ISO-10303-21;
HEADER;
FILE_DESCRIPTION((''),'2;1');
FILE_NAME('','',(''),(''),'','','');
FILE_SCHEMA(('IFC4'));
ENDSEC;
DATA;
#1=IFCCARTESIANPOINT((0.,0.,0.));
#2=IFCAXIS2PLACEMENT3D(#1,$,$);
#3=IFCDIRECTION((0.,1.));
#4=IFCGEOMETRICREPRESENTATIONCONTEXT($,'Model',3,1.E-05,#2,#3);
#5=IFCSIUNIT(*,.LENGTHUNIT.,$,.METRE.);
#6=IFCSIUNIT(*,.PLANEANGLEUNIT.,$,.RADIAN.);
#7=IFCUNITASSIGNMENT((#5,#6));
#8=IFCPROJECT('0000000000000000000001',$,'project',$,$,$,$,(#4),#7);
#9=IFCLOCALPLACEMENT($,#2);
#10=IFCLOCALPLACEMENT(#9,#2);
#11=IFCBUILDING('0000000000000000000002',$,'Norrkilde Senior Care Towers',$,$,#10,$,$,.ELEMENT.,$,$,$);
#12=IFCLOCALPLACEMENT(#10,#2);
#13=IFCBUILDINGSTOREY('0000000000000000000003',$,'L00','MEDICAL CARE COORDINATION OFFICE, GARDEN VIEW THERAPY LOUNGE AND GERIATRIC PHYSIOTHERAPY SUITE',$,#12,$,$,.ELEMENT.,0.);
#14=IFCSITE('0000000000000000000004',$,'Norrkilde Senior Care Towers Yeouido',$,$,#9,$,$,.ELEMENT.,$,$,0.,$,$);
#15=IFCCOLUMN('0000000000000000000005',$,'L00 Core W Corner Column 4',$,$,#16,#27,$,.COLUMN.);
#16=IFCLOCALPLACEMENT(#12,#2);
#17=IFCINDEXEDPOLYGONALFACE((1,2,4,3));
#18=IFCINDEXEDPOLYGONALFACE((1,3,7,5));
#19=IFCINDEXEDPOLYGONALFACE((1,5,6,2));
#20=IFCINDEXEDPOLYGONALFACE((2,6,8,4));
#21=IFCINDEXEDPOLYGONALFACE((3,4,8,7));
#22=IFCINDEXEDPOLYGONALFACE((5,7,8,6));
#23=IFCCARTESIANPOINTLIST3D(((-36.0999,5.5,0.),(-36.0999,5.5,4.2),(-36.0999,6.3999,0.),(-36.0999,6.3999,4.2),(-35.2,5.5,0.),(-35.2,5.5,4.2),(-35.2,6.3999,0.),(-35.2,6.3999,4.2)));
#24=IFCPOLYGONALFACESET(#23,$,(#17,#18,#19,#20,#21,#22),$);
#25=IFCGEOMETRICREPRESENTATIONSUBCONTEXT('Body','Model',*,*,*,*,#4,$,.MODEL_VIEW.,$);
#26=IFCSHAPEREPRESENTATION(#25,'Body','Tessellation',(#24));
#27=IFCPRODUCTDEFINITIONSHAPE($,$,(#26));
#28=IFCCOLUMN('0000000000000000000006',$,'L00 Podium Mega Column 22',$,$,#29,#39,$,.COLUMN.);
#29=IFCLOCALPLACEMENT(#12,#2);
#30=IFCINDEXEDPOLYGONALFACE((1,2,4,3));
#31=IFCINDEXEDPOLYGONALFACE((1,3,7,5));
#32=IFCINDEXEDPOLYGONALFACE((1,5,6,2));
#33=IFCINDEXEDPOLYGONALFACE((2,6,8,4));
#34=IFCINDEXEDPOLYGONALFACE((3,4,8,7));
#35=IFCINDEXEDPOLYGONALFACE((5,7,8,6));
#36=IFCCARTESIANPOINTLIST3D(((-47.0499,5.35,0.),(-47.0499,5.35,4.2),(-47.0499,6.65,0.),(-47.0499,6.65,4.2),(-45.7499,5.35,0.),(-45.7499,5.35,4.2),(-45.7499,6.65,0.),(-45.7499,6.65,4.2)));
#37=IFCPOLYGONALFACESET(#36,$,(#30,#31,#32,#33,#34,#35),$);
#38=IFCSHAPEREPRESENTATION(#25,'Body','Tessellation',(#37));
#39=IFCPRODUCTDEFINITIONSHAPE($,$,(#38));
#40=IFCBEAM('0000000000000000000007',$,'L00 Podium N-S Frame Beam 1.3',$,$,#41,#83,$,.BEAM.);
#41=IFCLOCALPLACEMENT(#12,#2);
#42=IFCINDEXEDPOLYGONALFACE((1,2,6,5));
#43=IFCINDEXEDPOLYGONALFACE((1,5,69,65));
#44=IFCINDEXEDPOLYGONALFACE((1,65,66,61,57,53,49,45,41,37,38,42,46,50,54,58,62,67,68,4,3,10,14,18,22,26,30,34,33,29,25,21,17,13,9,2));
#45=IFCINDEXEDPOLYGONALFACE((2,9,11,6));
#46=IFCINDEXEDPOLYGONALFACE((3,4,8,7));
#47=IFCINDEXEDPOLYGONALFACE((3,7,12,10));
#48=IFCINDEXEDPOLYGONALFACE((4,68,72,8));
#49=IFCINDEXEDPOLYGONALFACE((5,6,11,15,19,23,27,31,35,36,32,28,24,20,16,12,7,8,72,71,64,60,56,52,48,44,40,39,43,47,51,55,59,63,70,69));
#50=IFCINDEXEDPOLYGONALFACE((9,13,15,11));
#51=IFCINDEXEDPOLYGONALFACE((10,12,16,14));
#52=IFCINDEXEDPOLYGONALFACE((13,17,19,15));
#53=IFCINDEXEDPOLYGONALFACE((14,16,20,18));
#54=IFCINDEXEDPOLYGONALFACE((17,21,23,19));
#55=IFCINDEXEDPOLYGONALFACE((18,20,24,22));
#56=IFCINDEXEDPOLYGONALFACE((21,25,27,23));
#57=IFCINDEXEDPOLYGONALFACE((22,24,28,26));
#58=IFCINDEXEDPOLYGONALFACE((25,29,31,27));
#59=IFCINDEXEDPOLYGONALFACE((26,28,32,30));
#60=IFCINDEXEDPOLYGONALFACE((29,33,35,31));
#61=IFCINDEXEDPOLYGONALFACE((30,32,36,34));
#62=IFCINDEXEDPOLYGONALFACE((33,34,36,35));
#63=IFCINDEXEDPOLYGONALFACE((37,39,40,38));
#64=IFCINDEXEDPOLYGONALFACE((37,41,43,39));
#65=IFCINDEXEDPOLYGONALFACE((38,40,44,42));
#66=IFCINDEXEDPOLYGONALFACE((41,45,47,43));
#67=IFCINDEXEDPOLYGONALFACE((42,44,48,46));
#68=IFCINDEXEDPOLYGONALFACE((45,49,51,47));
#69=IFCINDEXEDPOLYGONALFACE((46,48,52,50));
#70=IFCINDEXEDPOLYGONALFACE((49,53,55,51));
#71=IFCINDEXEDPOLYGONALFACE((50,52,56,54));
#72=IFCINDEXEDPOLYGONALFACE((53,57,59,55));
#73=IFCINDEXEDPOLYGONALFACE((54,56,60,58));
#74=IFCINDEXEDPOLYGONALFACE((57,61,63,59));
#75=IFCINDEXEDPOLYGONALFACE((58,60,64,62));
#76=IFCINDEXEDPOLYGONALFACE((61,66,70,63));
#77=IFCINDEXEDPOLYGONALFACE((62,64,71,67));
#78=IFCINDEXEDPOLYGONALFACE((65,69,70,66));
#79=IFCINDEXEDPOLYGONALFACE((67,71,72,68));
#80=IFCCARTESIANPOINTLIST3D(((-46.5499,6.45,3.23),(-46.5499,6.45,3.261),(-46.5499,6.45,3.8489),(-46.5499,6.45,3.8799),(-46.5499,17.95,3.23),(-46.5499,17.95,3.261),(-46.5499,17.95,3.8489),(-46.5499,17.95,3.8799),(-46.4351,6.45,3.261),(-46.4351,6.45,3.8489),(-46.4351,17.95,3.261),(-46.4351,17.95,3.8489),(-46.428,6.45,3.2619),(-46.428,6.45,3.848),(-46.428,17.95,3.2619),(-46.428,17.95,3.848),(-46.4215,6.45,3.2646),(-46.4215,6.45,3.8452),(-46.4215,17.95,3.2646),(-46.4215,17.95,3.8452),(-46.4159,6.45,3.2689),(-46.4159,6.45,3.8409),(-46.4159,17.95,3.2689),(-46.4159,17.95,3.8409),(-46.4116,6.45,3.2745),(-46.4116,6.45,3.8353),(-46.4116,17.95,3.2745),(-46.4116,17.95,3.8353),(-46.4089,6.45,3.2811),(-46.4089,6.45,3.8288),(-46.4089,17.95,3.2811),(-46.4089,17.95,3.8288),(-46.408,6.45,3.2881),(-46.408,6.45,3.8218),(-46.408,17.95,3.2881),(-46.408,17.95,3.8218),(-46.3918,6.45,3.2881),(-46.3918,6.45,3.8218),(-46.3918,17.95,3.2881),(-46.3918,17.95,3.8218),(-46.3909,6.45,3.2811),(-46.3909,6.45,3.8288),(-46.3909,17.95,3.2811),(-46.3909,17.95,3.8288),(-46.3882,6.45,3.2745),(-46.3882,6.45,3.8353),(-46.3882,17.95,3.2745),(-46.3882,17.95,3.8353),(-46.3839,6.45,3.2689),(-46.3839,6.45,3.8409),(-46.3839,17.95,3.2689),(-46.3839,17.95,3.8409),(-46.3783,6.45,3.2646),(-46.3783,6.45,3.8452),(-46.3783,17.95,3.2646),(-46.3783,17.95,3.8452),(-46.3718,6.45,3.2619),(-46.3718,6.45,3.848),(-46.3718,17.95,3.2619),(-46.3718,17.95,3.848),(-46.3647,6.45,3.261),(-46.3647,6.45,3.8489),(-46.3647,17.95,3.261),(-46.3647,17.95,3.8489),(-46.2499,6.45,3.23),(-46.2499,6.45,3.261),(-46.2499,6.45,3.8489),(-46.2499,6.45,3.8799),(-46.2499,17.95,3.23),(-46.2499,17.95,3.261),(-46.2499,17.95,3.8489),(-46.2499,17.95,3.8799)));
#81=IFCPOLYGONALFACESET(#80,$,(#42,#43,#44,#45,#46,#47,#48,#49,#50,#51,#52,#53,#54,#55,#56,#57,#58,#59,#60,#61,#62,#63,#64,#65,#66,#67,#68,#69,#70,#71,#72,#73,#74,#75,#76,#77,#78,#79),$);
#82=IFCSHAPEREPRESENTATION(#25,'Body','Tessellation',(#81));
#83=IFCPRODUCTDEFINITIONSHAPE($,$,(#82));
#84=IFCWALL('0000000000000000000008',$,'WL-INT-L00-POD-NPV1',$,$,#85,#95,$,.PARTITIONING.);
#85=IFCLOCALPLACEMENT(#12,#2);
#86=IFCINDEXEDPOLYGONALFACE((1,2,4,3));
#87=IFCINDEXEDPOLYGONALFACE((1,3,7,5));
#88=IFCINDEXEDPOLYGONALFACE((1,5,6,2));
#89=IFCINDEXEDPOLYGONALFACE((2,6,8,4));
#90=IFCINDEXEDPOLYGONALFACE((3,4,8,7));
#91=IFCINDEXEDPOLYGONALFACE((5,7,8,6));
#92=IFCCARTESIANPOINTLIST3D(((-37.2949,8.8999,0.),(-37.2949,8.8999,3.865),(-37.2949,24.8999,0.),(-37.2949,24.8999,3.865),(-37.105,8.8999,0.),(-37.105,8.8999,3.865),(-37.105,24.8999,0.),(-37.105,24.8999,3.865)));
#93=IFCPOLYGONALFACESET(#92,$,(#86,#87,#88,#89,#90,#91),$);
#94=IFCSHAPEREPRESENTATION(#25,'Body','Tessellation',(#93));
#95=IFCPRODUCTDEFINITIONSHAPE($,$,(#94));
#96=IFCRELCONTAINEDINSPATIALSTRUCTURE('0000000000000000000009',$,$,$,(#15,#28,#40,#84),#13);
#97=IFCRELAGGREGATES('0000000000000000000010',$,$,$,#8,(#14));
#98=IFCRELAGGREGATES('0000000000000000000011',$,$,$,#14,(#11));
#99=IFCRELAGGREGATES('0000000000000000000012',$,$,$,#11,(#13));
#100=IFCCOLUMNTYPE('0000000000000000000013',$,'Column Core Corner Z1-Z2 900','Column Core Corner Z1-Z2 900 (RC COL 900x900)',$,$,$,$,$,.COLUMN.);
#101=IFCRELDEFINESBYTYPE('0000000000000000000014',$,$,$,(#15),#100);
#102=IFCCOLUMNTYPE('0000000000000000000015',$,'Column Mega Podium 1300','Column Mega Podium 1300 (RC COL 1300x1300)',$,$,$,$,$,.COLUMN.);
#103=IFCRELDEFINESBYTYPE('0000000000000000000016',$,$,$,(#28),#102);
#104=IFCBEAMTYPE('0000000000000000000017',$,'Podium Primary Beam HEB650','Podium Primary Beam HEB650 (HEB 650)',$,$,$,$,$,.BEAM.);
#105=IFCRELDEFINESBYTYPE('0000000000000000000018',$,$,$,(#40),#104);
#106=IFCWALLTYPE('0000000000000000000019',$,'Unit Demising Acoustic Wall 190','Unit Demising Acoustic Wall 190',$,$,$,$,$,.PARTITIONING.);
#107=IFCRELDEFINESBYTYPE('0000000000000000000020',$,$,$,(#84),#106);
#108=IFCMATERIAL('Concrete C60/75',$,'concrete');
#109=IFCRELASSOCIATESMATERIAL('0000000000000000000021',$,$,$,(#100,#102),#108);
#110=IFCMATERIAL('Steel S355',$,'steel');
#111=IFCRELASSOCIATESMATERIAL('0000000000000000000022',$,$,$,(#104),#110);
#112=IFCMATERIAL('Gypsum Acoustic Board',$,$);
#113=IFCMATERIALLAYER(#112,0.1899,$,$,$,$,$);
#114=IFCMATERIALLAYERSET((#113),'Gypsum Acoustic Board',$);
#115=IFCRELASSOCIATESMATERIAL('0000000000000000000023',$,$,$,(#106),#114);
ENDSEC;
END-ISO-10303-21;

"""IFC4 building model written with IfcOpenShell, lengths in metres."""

from ifc_helpers import new_model, si_unit, direction, frame, frame_2d, origin, origin_2d, place, context, subcontext, project, spatial, rectangle, i_section, extrude, source, transform, mapped, material, layer, layer_set, material_profile, profile_set, type_object, type_shapes, element, save


model = new_model("IFC4")

# Units and contexts
model_context = context("Model", 3, precision=1e-05, world=origin(), true_north=direction((0.0, 1.0)))
body_context = subcontext(model_context, "Body", "Model", "MODEL_VIEW")
ifc_project = project(units=[si_unit("LENGTHUNIT", "METRE"), si_unit("PLANEANGLEUNIT", "RADIAN")], contexts=[model_context])

# Site, building, storey
site_placement = place(None, origin())
site = spatial("IfcSite", under=ifc_project, at=site_placement, Name="Norrkilde Senior Care Towers Yeouido", CompositionType="ELEMENT", RefElevation=0.0)
building_placement = place(site_placement, origin())
building = spatial("IfcBuilding", under=site, at=building_placement, Name="Norrkilde Senior Care Towers", CompositionType="ELEMENT")
storey_placement = place(building_placement, origin())
storey = spatial("IfcBuildingStorey", under=building, at=storey_placement, Name="L00", Description="MEDICAL CARE COORDINATION OFFICE, GARDEN VIEW THERAPY LOUNGE AND GERIATRIC PHYSIOTHERAPY SUITE", CompositionType="ELEMENT", Elevation=0.0)

# Columns
ifc_material_1 = material(Name="Concrete C60/75", Category="concrete")
ifc_material_profile_1 = material_profile(ifc_material_1, rectangle(XDim=0.8999, YDim=0.8999, at=origin_2d()), Name="RC COL 900x900")
ifc_profile_set_1 = profile_set([ifc_material_profile_1], Name="Concrete C60/75")
column_type_1 = type_object("IfcColumnType", Name="Column Core Corner Z1-Z2 900", Description="Column Core Corner Z1-Z2 900 (RC COL 900x900)", PredefinedType="COLUMN", material=ifc_profile_set_1)
shared_shape_1 = source(origin(), body_context, "Body", "SweptSolid", [
    extrude(rectangle(XDim=0.8999, YDim=0.8999, at=origin_2d()), origin(), (0.0, 0.0, 1.0), 4.2),
])
type_shapes(column_type_1, [shared_shape_1])
column_1_placement = place(storey_placement, frame((-35.6499, 5.95, 0.0), z_axis=(0.0, 0.0, 1.0), x_axis=(1.0, 0.0, 0.0)))
element("IfcColumn", 1, at=column_1_placement, inside=storey, type_object=column_type_1, Name="L00 Core W Corner Column 4", PredefinedType="COLUMN", context=body_context, shape_type="MappedRepresentation", body=[
    mapped(shared_shape_1, transform((0.0, 0.0, 0.0), x_axis=(1.0, 0.0, 0.0), y_axis=(0.0, 1.0, 0.0), z_axis=(0.0, 0.0, 1.0), scale=1.0)),
])
ifc_material_profile_2 = material_profile(ifc_material_1, rectangle(XDim=1.3, YDim=1.3, at=origin_2d()), Name="RC COL 1300x1300")
ifc_profile_set_2 = profile_set([ifc_material_profile_2], Name="Concrete C60/75")
column_type_2 = type_object("IfcColumnType", Name="Column Mega Podium 1300", Description="Column Mega Podium 1300 (RC COL 1300x1300)", PredefinedType="COLUMN", material=ifc_profile_set_2)
shared_shape_2 = source(origin(), body_context, "Body", "SweptSolid", [
    extrude(rectangle(XDim=1.3, YDim=1.3, at=origin_2d()), origin(), (0.0, 0.0, 1.0), 4.2),
])
type_shapes(column_type_2, [shared_shape_2])
column_2_placement = place(storey_placement, frame((-46.3999, 6.0, 0.0), z_axis=(0.0, 0.0, 1.0), x_axis=(1.0, 0.0, 0.0)))
element("IfcColumn", 2, at=column_2_placement, inside=storey, type_object=column_type_2, Name="L00 Podium Mega Column 22", PredefinedType="COLUMN", context=body_context, shape_type="MappedRepresentation", body=[
    mapped(shared_shape_2, transform((0.0, 0.0, 0.0), x_axis=(1.0, 0.0, 0.0), y_axis=(0.0, 1.0, 0.0), z_axis=(0.0, 0.0, 1.0), scale=1.0)),
])

# Beam
ifc_material_2 = material(Name="Steel S355", Category="steel")
ifc_material_profile_3 = material_profile(ifc_material_2, i_section(OverallWidth=0.3, OverallDepth=0.6499, WebThickness=0.0161, FlangeThickness=0.031, FilletRadius=0.0271, at=origin_2d()), Name="HEB 650")
ifc_profile_set_3 = profile_set([ifc_material_profile_3], Name="Steel S355")
beam_type = type_object("IfcBeamType", Name="Podium Primary Beam HEB650", Description="Podium Primary Beam HEB650 (HEB 650)", PredefinedType="BEAM", material=ifc_profile_set_3)
shared_shape_3 = source(origin(), body_context, "Body", "SweptSolid", [
    extrude(i_section(OverallWidth=0.3, OverallDepth=0.6499, WebThickness=0.0161, FlangeThickness=0.031, FilletRadius=0.0271, at=origin_2d()), origin(), (0.0, 0.0, 1.0), 11.5),
])
type_shapes(beam_type, [shared_shape_3])
beam_placement = place(storey_placement, frame((-46.3999, 6.45, 3.5549), z_axis=(0.0, 1.0, 0.0), x_axis=(-1.0, 0.0, 0.0)))
element("IfcBeam", 3, at=beam_placement, inside=storey, type_object=beam_type, Name="L00 Podium N-S Frame Beam 1.3", PredefinedType="BEAM", context=body_context, shape_type="MappedRepresentation", body=[
    mapped(shared_shape_3, transform((0.0, 0.0, 0.0), x_axis=(1.0, 0.0, 0.0), y_axis=(0.0, 1.0, 0.0), z_axis=(0.0, 0.0, 1.0), scale=1.0)),
])

# Shared definitions
ifc_material_3 = material(Name="Gypsum Acoustic Board")

# Wall
ifc_layer_1 = layer(ifc_material_3, 0.1899)
ifc_layer_set_1 = layer_set([ifc_layer_1], Name="Gypsum Acoustic Board")
wall_type_1 = type_object("IfcWallType", Name="Unit Demising Acoustic Wall 190", Description="Unit Demising Acoustic Wall 190", PredefinedType="PARTITIONING", material=ifc_layer_set_1)
shared_shape_4 = source(origin(), body_context, "Body", "SweptSolid", [
    extrude(rectangle(XDim=16.0, YDim=0.1899, at=frame_2d((8.0, 0.0))), origin(), (0.0, 0.0, 1.0), 3.865),
])
type_shapes(wall_type_1, [shared_shape_4])
wall_1_placement = place(storey_placement, frame((-37.2, 8.8999, 0.0), z_axis=(0.0, 0.0, 1.0), x_axis=(0.0, 1.0, 0.0)))
element("IfcWall", 4, at=wall_1_placement, inside=storey, type_object=wall_type_1, Name="WL-INT-L00-POD-NPV1", PredefinedType="PARTITIONING", context=body_context, shape_type="MappedRepresentation", body=[
    mapped(shared_shape_4, transform((0.0, 0.0, 0.0), x_axis=(1.0, 0.0, 0.0), y_axis=(0.0, 1.0, 0.0), z_axis=(0.0, 0.0, 1.0), scale=1.0)),
])

save(model, "model.ifc")
